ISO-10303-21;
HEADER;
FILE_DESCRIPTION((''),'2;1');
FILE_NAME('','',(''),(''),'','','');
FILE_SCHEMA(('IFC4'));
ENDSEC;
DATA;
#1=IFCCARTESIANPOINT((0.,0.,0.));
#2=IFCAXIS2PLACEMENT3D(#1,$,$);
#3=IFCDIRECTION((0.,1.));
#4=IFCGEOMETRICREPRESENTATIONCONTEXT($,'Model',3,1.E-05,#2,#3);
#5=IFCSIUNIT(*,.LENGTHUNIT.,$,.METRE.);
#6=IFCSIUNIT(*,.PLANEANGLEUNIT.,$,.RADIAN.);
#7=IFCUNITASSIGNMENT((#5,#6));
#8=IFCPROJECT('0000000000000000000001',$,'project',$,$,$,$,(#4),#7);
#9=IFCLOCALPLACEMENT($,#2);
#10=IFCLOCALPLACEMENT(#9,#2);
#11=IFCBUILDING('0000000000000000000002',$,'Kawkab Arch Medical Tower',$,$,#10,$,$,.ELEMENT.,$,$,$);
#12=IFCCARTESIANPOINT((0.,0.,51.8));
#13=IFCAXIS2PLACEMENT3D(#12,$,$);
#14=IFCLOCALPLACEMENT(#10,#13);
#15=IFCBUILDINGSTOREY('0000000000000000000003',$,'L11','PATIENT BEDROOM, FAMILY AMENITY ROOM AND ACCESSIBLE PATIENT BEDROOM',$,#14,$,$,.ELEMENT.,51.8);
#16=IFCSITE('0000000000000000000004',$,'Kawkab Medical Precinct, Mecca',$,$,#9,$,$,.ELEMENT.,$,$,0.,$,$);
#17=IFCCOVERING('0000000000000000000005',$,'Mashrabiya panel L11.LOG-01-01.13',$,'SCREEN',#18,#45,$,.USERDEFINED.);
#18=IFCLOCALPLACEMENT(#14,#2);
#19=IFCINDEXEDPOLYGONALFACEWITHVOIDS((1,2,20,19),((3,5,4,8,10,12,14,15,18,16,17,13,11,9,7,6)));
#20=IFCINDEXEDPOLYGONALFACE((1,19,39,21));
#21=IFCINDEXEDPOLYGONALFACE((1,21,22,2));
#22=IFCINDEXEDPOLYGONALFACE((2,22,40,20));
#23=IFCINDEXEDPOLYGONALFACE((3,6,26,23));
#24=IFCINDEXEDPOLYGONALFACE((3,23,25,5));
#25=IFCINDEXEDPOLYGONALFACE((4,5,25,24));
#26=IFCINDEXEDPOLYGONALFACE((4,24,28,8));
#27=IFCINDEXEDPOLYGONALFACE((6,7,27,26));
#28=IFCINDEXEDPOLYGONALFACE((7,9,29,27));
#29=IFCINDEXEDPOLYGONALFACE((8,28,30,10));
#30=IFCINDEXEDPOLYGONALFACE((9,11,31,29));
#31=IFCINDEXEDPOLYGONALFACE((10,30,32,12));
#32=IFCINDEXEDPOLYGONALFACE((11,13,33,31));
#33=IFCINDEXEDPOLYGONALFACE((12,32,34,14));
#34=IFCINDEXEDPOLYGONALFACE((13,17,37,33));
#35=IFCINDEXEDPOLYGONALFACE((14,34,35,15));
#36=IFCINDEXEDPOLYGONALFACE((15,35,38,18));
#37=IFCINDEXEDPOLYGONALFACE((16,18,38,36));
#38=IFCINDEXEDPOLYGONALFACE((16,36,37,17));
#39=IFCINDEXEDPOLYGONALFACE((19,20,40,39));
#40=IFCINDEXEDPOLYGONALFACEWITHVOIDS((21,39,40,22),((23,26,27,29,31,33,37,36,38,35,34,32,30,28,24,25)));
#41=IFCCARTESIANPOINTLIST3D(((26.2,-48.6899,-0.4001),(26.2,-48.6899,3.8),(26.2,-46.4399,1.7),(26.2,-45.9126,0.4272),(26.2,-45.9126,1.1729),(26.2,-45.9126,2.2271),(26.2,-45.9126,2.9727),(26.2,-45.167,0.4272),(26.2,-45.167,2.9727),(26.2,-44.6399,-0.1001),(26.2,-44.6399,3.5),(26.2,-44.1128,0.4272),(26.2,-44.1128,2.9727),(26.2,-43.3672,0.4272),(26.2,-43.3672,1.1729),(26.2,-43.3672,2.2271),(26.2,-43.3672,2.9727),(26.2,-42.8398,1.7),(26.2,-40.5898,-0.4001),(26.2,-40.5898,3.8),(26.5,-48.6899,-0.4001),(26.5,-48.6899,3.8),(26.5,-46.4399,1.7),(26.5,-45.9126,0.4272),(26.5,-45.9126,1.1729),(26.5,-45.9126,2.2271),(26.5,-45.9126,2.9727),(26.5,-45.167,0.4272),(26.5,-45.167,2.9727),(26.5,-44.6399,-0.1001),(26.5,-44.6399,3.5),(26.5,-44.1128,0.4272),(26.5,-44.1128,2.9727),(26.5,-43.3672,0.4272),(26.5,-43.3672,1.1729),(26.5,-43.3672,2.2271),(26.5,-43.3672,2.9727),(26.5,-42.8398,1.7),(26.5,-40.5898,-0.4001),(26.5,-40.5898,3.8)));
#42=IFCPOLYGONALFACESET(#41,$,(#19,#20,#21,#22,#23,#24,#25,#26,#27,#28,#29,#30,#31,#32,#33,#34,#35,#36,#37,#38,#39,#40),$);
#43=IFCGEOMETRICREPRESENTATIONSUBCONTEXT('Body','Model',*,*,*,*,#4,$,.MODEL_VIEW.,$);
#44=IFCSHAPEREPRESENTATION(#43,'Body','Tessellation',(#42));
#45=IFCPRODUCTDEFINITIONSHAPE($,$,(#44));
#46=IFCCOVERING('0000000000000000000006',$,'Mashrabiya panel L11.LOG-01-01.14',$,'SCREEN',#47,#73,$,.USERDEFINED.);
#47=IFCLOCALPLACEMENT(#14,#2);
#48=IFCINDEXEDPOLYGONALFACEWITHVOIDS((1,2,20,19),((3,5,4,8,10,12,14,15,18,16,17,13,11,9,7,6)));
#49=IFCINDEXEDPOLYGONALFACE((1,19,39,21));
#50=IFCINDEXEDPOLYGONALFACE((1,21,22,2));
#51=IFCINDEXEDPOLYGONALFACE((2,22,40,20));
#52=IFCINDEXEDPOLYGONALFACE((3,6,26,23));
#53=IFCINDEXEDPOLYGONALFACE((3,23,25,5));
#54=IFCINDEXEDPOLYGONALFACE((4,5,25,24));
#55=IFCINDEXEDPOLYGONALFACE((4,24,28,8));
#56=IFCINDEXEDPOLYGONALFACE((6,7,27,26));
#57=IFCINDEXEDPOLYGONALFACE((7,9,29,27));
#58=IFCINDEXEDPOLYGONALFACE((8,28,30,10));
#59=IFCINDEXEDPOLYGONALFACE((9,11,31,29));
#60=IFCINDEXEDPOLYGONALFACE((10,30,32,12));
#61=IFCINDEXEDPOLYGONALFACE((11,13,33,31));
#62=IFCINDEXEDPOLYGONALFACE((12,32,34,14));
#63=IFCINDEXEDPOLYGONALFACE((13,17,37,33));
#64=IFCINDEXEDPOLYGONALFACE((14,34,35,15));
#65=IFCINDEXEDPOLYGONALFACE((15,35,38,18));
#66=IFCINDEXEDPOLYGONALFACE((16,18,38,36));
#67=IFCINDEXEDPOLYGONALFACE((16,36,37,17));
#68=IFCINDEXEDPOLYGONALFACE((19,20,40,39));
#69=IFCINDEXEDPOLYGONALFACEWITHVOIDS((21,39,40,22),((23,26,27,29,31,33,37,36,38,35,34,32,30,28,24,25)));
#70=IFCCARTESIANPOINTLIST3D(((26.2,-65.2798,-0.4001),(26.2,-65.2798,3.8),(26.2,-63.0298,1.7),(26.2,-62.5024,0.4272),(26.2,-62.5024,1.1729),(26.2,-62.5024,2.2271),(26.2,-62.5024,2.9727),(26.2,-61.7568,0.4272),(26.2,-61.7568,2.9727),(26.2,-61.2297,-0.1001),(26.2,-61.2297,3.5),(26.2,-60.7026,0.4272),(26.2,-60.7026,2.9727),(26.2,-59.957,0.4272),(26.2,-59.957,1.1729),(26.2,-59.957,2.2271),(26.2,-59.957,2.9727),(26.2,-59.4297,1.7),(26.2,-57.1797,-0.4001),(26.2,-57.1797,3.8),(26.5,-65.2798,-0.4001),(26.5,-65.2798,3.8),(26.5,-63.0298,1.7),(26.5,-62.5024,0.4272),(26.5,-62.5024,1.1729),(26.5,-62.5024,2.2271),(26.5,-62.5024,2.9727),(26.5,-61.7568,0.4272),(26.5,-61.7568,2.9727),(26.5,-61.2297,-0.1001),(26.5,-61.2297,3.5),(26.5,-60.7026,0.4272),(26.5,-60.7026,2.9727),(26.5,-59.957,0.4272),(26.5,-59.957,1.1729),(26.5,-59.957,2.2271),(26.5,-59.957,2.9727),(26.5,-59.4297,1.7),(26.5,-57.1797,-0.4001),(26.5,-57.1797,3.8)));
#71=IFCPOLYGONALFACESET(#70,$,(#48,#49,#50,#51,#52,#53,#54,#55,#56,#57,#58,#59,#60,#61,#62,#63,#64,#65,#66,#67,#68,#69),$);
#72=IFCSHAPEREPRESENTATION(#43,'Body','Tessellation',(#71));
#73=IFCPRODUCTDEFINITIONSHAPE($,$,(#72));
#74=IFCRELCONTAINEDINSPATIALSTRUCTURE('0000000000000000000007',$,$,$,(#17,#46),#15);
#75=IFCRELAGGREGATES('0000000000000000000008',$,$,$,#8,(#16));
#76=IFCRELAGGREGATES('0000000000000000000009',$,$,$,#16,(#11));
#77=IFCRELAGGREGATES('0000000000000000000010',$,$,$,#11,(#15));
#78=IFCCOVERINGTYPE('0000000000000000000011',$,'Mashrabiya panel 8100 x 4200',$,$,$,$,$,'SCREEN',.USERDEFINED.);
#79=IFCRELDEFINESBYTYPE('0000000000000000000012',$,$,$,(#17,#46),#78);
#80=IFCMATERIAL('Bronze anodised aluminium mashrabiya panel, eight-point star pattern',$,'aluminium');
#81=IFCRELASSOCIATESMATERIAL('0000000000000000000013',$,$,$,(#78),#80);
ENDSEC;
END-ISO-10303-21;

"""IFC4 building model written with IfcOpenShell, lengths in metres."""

from ifc_helpers import new_model, si_unit, direction, frame, origin, place, context, subcontext, project, spatial, polyline, outline, extrude, material, material_profile, profile_set, type_object, element, save


model = new_model("IFC4")

# Units and contexts
model_context = context("Model", 3, precision=1e-05, world=origin(), true_north=direction((0.0, 1.0)))
body_context = subcontext(model_context, "Body", "Model", "MODEL_VIEW")
ifc_project = project(units=[si_unit("LENGTHUNIT", "METRE"), si_unit("PLANEANGLEUNIT", "RADIAN")], contexts=[model_context])

# Site, building, storey
site_placement = place(None, origin())
site = spatial("IfcSite", under=ifc_project, at=site_placement, Name="Kawkab Medical Precinct, Mecca", CompositionType="ELEMENT", RefElevation=0.0)
building_placement = place(site_placement, origin())
building = spatial("IfcBuilding", under=site, at=building_placement, Name="Kawkab Arch Medical Tower", CompositionType="ELEMENT")
storey_placement = place(building_placement, frame((0.0, 0.0, 51.8)))
storey = spatial("IfcBuildingStorey", under=building, at=storey_placement, Name="L11", Description="PATIENT BEDROOM, FAMILY AMENITY ROOM AND ACCESSIBLE PATIENT BEDROOM", CompositionType="ELEMENT", Elevation=51.8)

# Coverings
ifc_material_1 = material(Name="Bronze anodised aluminium mashrabiya panel, eight-point star pattern", Category="aluminium")
ifc_material_profile_1 = material_profile(ifc_material_1, outline(polyline([(-4.05, -2.1001), (4.05, -2.1001), (4.05, 2.1001), (-4.05, 2.1001), (-4.05, -2.1001)]), holes=[polyline([(1.8, 0.0), (1.2727, 0.5271), (1.2727, 1.2727), (0.5271, 1.2727), (0.0, 1.8), (-0.5271, 1.2727), (-1.2727, 1.2727), (-1.2727, 0.5271), (-1.8, 0.0), (-1.2727, -0.5271), (-1.2727, -1.2727), (-0.5271, -1.2727), (0.0, -1.8), (0.5271, -1.2727), (1.2727, -1.2727), (1.2727, -0.5271), (1.8, 0.0)])]), Name="Mashrabiya panel 8100x4200")
ifc_profile_set_1 = profile_set([ifc_material_profile_1], Name="Bronze anodised aluminium mashrabiya panel, eight-point star pattern")
covering_type = type_object("IfcCoveringType", Name="Mashrabiya panel 8100 x 4200", ElementType="SCREEN", PredefinedType="USERDEFINED", material=ifc_profile_set_1)
for number, where, z_axis, x_axis, name in (
    (1, (26.2, -44.6399, 1.7), (1.0, 0.0, 0.0), (0.0, 1.0, 0.0), "Mashrabiya panel L11.LOG-01-01.13"),
    (2, (26.2, -61.2297, 1.7), (1.0, 0.0, 0.0), (0.0, 1.0, 0.0), "Mashrabiya panel L11.LOG-01-01.14"),
):
    element("IfcCovering", number, at=place(storey_placement, frame(where, z_axis=z_axis, x_axis=x_axis)), inside=storey, type_object=covering_type, Name=name, ObjectType="SCREEN", PredefinedType="USERDEFINED", context=body_context, shape_type="SweptSolid", body=[
        extrude(outline(polyline([(-4.05, -2.1001), (4.05, -2.1001), (4.05, 2.1001), (-4.05, 2.1001), (-4.05, -2.1001)]), holes=[polyline([(1.8, 0.0), (1.2727, 0.5271), (1.2727, 1.2727), (0.5271, 1.2727), (0.0, 1.8), (-0.5271, 1.2727), (-1.2727, 1.2727), (-1.2727, 0.5271), (-1.8, 0.0), (-1.2727, -0.5271), (-1.2727, -1.2727), (-0.5271, -1.2727), (0.0, -1.8), (0.5271, -1.2727), (1.2727, -1.2727), (1.2727, -0.5271), (1.8, 0.0)])]), origin(), (0.0, 0.0, 1.0), 0.3),
    ])

save(model, "model.ifc")
